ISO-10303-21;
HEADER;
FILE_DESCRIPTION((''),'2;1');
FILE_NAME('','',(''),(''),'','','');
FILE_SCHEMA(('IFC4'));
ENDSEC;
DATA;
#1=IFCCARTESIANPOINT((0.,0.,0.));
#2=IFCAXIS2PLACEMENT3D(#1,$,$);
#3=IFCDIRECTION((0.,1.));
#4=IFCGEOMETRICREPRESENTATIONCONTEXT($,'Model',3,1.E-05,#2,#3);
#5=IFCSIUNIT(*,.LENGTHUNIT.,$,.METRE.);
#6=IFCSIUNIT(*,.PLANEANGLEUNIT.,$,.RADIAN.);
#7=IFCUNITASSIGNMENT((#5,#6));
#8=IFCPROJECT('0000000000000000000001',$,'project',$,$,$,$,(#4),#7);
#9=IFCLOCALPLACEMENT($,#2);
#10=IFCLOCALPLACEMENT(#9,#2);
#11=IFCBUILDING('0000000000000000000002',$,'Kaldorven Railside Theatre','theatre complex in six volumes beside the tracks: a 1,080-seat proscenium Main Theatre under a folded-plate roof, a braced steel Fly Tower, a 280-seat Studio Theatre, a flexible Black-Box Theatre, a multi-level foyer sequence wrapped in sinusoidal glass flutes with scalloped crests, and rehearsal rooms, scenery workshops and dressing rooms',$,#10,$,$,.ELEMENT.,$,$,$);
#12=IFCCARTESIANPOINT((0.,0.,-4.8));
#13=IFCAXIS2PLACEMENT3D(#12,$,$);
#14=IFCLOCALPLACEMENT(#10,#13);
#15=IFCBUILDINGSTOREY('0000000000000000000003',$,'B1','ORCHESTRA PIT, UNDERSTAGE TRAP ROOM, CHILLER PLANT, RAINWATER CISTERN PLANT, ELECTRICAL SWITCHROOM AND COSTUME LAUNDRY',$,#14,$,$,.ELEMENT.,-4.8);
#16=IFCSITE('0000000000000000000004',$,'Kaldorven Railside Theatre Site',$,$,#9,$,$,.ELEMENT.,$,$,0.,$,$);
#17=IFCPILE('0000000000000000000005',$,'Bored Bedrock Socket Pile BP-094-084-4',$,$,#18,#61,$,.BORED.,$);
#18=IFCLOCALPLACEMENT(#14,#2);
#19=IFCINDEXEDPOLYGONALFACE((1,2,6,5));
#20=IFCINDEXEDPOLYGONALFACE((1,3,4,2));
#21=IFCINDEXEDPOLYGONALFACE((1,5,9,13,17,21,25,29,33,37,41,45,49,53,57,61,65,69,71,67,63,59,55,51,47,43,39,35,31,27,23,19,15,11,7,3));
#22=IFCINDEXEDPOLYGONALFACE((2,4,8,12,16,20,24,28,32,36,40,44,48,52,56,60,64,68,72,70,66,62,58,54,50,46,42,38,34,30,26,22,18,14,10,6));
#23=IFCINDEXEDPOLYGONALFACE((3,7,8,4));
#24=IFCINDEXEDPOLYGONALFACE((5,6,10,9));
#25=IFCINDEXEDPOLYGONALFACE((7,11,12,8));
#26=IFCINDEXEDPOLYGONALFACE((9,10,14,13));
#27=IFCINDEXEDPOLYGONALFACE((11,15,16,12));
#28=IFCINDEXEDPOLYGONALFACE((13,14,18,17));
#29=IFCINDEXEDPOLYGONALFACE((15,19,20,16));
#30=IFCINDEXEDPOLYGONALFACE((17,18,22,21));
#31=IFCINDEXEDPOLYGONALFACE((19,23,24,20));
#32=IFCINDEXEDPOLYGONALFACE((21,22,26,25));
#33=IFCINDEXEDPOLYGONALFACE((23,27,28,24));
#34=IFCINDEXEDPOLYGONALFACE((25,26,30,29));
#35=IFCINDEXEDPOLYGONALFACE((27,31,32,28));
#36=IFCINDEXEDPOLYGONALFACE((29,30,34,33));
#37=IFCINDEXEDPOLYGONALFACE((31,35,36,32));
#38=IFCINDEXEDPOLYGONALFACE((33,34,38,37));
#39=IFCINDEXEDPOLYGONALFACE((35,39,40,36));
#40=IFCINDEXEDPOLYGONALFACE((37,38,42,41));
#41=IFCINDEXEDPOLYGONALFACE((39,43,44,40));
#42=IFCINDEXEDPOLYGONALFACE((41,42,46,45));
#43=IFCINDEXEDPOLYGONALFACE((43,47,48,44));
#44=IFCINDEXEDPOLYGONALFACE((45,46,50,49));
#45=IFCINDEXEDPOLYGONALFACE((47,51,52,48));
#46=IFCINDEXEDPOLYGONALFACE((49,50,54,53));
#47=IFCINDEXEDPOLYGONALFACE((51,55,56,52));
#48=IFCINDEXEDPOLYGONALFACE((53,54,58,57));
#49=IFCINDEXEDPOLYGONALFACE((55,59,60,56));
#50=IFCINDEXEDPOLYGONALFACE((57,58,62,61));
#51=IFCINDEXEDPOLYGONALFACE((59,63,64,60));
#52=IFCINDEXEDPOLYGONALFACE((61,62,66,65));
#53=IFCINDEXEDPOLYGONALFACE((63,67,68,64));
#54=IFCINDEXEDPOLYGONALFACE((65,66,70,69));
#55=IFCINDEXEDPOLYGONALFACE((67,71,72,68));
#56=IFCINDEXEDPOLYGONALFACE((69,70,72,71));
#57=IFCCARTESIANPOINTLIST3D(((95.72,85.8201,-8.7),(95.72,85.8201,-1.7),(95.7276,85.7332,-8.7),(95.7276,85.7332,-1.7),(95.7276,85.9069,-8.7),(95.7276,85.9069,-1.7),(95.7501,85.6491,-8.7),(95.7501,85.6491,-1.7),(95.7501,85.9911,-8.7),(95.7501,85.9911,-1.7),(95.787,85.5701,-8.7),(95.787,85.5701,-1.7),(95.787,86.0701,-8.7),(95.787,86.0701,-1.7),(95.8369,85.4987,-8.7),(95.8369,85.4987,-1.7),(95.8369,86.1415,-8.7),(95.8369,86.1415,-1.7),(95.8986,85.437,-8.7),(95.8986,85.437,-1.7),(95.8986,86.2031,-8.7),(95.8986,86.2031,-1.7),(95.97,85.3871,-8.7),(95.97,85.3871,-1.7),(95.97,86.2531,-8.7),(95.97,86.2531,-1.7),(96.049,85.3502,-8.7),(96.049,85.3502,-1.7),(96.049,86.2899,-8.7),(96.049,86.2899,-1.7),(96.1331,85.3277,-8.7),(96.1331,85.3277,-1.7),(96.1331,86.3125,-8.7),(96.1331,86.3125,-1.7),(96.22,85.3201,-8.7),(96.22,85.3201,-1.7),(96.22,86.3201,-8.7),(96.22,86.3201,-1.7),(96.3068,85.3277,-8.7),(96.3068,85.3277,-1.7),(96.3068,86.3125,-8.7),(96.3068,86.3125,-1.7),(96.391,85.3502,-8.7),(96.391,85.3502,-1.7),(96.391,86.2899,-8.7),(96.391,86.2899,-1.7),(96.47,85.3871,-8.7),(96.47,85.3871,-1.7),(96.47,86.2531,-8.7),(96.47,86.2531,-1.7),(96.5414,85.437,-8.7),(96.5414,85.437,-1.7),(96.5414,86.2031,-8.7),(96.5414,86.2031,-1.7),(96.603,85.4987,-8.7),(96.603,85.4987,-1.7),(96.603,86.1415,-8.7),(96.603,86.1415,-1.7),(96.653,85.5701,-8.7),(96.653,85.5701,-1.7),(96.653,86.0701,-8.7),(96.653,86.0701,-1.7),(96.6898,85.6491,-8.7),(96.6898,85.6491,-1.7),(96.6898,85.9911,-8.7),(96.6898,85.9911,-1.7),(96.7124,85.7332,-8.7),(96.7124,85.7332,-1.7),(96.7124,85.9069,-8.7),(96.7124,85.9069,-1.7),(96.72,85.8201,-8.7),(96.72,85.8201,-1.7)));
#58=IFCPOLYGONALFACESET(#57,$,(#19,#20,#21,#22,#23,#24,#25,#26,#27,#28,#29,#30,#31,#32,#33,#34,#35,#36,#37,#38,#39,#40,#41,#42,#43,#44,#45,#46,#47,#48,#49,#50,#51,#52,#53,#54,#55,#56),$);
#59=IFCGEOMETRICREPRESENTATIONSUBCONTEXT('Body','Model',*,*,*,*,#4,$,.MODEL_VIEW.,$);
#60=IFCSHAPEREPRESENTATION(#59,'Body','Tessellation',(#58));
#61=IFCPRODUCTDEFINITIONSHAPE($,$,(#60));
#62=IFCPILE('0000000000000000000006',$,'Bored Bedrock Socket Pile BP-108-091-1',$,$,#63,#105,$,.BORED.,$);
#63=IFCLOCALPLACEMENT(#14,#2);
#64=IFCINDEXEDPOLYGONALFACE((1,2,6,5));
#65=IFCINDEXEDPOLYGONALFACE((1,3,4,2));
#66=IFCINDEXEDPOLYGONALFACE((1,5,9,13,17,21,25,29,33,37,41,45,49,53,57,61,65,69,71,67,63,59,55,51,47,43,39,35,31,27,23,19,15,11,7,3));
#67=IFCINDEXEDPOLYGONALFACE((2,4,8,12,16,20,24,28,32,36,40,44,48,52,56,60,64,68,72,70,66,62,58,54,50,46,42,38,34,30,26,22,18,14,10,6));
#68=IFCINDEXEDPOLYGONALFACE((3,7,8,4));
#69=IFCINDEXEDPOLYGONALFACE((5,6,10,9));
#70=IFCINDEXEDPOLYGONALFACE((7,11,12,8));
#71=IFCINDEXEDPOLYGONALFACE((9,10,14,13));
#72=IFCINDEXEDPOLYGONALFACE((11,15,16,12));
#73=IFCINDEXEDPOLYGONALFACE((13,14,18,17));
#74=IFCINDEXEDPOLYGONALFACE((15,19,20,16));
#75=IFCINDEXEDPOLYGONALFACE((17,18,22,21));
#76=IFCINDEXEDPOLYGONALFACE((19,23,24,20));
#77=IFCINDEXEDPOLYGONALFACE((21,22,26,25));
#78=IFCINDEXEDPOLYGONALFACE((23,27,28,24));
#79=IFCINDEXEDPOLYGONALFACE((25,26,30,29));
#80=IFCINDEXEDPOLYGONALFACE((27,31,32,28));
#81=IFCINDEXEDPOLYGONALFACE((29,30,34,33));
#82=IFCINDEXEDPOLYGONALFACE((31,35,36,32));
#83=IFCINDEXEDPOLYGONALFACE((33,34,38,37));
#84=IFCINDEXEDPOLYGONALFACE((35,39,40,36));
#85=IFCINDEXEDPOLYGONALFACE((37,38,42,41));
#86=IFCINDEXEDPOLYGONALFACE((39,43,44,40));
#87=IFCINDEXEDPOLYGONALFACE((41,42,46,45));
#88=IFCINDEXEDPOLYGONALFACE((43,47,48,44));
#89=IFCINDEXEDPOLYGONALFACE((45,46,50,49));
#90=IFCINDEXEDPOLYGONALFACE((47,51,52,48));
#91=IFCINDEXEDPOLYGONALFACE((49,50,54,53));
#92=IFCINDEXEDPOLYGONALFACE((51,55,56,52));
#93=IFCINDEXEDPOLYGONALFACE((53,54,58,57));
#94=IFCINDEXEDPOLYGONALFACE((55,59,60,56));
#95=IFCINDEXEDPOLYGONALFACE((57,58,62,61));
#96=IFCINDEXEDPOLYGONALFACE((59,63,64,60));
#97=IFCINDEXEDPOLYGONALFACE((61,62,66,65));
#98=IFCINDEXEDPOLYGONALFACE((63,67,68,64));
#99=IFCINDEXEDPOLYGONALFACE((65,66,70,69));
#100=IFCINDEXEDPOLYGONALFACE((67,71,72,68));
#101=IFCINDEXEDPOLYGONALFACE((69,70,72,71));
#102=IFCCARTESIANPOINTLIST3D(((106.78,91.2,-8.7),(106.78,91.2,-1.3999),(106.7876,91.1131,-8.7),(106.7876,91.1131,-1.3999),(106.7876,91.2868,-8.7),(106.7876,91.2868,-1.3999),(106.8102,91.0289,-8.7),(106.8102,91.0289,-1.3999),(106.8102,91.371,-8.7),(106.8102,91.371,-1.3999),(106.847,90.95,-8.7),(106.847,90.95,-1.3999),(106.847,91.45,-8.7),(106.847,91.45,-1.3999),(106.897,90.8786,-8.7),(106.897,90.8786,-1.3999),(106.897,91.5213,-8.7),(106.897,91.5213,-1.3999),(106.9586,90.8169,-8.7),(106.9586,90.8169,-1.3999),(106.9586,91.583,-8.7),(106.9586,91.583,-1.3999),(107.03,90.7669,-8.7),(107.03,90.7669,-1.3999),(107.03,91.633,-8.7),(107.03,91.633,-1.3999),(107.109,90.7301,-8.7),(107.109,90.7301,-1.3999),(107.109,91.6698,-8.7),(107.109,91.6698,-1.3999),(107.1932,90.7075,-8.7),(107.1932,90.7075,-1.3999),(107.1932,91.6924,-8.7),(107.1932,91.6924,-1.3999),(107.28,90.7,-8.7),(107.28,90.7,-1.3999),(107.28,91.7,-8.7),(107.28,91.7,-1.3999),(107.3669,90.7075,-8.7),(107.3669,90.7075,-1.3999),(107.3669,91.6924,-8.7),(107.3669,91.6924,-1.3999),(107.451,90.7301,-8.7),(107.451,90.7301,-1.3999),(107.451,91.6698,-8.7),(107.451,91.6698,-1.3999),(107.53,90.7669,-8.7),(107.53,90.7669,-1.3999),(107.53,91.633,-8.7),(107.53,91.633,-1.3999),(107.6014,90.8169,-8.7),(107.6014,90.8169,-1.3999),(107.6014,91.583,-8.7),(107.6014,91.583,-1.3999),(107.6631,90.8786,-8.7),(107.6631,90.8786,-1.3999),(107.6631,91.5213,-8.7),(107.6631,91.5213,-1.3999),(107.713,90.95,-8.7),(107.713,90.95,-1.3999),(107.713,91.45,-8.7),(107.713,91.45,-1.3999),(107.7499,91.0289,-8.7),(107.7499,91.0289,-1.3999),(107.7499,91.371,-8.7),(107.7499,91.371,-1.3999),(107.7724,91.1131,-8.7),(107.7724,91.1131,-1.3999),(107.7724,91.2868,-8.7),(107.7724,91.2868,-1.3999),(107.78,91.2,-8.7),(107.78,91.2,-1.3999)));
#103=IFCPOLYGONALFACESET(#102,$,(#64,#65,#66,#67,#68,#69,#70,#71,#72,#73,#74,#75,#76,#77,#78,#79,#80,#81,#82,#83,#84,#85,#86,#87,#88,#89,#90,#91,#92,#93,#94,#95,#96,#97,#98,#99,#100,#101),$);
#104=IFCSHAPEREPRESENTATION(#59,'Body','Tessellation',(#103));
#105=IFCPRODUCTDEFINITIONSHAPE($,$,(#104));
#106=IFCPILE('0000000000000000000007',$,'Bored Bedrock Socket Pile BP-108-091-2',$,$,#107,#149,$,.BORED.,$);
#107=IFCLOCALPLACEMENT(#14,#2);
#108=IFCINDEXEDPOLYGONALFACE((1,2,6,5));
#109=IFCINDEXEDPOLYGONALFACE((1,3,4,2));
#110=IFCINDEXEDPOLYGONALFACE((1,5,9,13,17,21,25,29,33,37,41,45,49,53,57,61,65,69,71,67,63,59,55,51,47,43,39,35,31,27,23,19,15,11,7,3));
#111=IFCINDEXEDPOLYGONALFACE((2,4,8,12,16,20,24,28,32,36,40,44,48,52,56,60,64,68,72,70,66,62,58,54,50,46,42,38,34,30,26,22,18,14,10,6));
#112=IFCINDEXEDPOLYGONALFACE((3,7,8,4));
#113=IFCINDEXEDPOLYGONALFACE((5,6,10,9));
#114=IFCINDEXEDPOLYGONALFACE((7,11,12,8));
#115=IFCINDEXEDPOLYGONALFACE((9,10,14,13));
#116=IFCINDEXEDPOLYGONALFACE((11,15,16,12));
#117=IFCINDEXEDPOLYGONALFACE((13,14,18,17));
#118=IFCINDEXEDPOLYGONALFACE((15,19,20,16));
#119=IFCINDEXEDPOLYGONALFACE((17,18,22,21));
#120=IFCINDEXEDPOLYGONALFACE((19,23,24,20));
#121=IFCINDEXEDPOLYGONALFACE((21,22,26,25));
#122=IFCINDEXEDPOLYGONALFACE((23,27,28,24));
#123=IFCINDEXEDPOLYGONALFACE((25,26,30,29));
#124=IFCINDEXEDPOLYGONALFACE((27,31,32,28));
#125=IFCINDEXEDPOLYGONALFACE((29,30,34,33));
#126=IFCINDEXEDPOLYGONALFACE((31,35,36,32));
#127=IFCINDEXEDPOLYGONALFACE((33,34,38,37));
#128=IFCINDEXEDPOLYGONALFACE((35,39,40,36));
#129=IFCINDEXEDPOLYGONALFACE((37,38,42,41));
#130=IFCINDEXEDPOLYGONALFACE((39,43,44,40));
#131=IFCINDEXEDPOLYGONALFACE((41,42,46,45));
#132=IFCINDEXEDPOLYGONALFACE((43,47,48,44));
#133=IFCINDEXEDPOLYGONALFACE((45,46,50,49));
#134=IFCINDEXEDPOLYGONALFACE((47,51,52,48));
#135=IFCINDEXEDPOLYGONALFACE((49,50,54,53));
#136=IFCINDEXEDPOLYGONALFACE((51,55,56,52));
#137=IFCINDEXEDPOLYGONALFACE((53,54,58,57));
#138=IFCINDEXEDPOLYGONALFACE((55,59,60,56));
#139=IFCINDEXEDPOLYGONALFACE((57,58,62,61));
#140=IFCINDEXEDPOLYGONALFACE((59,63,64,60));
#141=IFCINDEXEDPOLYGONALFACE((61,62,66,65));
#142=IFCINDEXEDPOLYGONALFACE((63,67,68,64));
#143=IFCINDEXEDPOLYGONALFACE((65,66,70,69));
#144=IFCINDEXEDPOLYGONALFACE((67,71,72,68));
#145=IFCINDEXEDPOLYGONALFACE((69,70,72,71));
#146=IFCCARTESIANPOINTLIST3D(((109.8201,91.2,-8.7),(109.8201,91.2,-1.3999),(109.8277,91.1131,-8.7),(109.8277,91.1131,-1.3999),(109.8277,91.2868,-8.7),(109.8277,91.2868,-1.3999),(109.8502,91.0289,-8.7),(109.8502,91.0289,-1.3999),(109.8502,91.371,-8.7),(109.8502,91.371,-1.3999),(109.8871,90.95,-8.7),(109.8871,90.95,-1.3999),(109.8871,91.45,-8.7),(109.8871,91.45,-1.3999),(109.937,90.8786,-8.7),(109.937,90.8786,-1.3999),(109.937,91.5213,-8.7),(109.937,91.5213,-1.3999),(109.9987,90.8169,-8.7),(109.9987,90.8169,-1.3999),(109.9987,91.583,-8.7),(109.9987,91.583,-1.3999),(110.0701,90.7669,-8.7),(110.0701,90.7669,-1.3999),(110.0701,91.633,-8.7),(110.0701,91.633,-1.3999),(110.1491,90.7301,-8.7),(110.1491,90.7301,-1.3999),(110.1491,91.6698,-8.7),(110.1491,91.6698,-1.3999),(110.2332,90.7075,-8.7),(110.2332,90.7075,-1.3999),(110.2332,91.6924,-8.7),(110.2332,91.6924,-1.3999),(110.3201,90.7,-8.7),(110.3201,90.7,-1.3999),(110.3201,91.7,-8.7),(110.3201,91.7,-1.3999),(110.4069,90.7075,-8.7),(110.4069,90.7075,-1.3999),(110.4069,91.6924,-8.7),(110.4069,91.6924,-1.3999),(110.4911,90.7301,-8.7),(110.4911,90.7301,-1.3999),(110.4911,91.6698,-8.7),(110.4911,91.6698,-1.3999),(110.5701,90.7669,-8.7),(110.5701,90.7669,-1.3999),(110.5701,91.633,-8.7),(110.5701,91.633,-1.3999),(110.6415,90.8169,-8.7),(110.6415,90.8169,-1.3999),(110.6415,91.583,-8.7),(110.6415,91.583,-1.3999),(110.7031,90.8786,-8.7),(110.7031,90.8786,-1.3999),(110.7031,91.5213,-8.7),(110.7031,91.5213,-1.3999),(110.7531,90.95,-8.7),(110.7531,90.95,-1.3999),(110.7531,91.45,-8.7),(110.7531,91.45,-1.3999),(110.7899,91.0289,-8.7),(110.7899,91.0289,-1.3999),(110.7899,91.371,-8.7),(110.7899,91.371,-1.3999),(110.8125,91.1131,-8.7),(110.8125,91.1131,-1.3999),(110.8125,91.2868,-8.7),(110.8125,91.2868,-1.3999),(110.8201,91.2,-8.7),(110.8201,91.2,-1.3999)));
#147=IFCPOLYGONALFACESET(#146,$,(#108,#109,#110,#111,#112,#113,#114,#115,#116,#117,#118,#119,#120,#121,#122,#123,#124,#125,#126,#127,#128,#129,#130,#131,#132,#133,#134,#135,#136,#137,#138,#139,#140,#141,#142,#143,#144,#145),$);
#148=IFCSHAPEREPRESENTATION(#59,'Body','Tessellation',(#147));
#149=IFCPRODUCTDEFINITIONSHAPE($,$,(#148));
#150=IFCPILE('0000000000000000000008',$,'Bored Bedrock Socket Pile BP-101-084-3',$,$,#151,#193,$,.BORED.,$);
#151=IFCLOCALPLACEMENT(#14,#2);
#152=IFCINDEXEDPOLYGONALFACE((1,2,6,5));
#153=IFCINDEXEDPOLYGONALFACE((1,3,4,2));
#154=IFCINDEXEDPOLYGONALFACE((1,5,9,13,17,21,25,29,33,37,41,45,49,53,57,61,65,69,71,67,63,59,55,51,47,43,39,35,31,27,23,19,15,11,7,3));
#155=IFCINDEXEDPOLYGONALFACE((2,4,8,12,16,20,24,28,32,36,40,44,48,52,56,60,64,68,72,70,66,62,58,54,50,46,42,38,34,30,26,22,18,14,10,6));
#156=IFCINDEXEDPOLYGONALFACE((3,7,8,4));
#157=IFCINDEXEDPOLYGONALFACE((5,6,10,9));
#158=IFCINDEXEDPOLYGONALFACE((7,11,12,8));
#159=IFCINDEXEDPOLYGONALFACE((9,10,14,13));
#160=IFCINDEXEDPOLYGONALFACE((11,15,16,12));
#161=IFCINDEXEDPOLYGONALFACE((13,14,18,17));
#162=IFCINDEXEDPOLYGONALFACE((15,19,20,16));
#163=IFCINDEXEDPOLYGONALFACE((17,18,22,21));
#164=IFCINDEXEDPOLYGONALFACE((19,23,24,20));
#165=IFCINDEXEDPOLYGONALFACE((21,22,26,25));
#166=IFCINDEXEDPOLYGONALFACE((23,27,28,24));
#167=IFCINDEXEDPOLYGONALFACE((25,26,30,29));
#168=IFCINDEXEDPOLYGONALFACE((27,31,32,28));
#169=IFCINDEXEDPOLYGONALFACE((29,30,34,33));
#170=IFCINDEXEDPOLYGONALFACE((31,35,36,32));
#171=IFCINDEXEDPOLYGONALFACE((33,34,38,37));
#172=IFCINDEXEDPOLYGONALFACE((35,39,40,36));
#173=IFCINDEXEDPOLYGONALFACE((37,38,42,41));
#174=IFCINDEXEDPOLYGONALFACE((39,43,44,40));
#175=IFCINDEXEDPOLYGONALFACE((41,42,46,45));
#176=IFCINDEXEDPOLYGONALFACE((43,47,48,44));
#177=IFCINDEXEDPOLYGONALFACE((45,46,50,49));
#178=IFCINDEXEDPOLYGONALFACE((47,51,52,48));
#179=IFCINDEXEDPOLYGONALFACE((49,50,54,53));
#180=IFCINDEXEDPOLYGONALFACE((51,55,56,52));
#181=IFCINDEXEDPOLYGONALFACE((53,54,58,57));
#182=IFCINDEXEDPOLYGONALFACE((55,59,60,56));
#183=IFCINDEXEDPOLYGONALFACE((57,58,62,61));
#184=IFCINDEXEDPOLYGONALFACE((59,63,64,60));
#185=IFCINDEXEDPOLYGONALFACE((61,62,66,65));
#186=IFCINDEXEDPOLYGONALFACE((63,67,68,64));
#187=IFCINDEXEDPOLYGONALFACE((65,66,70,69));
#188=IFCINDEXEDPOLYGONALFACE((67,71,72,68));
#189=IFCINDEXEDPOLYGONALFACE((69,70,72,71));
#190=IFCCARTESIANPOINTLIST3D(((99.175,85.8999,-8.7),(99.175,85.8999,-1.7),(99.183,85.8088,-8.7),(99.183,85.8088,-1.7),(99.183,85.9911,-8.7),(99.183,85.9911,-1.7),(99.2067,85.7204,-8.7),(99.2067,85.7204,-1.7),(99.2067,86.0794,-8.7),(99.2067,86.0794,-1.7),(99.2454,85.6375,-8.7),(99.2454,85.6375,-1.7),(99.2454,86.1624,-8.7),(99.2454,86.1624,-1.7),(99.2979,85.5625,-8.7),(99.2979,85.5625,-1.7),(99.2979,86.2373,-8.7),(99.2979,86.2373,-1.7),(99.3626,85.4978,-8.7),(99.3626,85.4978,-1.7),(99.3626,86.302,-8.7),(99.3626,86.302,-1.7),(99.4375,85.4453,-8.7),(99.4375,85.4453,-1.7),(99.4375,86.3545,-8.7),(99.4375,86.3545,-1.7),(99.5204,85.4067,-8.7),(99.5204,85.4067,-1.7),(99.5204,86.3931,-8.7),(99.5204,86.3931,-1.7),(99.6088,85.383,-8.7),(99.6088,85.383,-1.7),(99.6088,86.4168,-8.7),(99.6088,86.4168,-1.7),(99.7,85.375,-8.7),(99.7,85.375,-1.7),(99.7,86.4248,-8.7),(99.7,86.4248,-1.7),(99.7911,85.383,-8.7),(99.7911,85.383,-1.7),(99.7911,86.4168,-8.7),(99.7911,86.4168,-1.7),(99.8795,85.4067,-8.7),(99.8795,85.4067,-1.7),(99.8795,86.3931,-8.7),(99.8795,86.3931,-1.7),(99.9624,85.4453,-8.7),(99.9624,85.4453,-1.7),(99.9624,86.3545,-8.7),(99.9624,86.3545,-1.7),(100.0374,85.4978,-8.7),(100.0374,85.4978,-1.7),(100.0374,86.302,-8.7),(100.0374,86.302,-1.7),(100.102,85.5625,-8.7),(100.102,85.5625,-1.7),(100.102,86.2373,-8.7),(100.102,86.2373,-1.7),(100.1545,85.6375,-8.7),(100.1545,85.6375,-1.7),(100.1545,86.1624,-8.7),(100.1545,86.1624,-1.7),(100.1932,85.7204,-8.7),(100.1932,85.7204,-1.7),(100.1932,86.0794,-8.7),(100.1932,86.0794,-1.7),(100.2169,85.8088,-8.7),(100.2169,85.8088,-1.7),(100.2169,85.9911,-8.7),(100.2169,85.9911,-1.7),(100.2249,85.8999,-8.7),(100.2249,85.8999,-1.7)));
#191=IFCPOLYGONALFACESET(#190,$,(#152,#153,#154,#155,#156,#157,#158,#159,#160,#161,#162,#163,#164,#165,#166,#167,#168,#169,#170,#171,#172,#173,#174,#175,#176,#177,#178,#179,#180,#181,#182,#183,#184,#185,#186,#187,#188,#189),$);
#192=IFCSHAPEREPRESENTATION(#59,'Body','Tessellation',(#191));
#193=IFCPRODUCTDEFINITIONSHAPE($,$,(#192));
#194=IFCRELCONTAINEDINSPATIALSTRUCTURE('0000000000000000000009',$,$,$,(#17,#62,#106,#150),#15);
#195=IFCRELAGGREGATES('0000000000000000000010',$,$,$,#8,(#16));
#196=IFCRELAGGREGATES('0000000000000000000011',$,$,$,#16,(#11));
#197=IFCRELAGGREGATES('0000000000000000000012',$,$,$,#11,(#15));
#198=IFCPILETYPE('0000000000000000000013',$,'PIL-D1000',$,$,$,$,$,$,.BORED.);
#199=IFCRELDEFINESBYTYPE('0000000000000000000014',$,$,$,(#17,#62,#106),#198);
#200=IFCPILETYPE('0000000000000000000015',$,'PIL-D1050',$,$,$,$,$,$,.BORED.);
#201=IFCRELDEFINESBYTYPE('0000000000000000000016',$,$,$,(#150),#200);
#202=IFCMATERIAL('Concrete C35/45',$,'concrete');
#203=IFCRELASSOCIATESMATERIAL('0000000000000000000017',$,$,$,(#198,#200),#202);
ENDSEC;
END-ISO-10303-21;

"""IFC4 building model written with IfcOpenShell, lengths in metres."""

from ifc_helpers import new_model, si_unit, direction, frame, origin, origin_2d, place, context, subcontext, project, spatial, circle, extrude, material, material_profile, profile_set, type_object, element, save


model = new_model("IFC4")

# Units and contexts
model_context = context("Model", 3, precision=1e-05, world=origin(), true_north=direction((0.0, 1.0)))
body_context = subcontext(model_context, "Body", "Model", "MODEL_VIEW")
ifc_project = project(units=[si_unit("LENGTHUNIT", "METRE"), si_unit("PLANEANGLEUNIT", "RADIAN")], contexts=[model_context])

# Site, building, storey
site_placement = place(None, origin())
site = spatial("IfcSite", under=ifc_project, at=site_placement, Name="Kaldorven Railside Theatre Site", CompositionType="ELEMENT", RefElevation=0.0)
building_placement = place(site_placement, origin())
building = spatial("IfcBuilding", under=site, at=building_placement, Name="Kaldorven Railside Theatre", Description="theatre complex in six volumes beside the tracks: a 1,080-seat proscenium Main Theatre under a folded-plate roof, a braced steel Fly Tower, a 280-seat Studio Theatre, a flexible Black-Box Theatre, a multi-level foyer sequence wrapped in sinusoidal glass flutes with scalloped crests, and rehearsal rooms, scenery workshops and dressing rooms", CompositionType="ELEMENT")
storey_placement = place(building_placement, frame((0.0, 0.0, -4.8)))
storey = spatial("IfcBuildingStorey", under=building, at=storey_placement, Name="B1", Description="ORCHESTRA PIT, UNDERSTAGE TRAP ROOM, CHILLER PLANT, RAINWATER CISTERN PLANT, ELECTRICAL SWITCHROOM AND COSTUME LAUNDRY", CompositionType="ELEMENT", Elevation=-4.8)

# Piles
ifc_material_1 = material(Name="Concrete C35/45", Category="concrete")
ifc_material_profile_1 = material_profile(ifc_material_1, circle(Radius=0.5, at=origin_2d()), Name="BP D1000")
ifc_profile_set_1 = profile_set([ifc_material_profile_1], Name="Concrete C35/45")
pile_type_1 = type_object("IfcPileType", Name="PIL-D1000", PredefinedType="BORED", material=ifc_profile_set_1)
pile_placement = place(storey_placement, frame((96.22, 85.8201, -1.7), z_axis=(0.0, 0.0, -1.0), x_axis=(1.0, 0.0, 0.0)))
element("IfcPile", 1, at=pile_placement, inside=storey, type_object=pile_type_1, Name="Bored Bedrock Socket Pile BP-094-084-4", PredefinedType="BORED", context=body_context, shape_type="SweptSolid", body=[
    extrude(circle(Radius=0.5, at=origin_2d()), origin(), (0.0, 0.0, 1.0), 7.0),
])
for number, where, z_axis, x_axis, name in (
    (2, (107.28, 91.2, -1.3999), (0.0, 0.0, -1.0), (1.0, 0.0, 0.0), "Bored Bedrock Socket Pile BP-108-091-1"),
    (3, (110.3201, 91.2, -1.3999), (0.0, 0.0, -1.0), (1.0, 0.0, 0.0), "Bored Bedrock Socket Pile BP-108-091-2"),
):
    element("IfcPile", number, at=place(storey_placement, frame(where, z_axis=z_axis, x_axis=x_axis)), inside=storey, type_object=pile_type_1, Name=name, PredefinedType="BORED", context=body_context, shape_type="SweptSolid", body=[
        extrude(circle(Radius=0.5, at=origin_2d()), origin(), (0.0, 0.0, 1.0), 7.3),
    ])
ifc_material_profile_2 = material_profile(ifc_material_1, circle(Radius=0.5249, at=origin_2d()), Name="BP D1050")
ifc_profile_set_2 = profile_set([ifc_material_profile_2], Name="Concrete C35/45")
pile_type_2 = type_object("IfcPileType", Name="PIL-D1050", PredefinedType="BORED", material=ifc_profile_set_2)
for number, where, z_axis, x_axis, name in (
    (4, (99.7, 85.8999, -1.7), (0.0, 0.0, -1.0), (1.0, 0.0, 0.0), "Bored Bedrock Socket Pile BP-101-084-3"),
):
    element("IfcPile", number, at=place(storey_placement, frame(where, z_axis=z_axis, x_axis=x_axis)), inside=storey, type_object=pile_type_2, Name=name, PredefinedType="BORED", context=body_context, shape_type="SweptSolid", body=[
        extrude(circle(Radius=0.5249, at=origin_2d()), origin(), (0.0, 0.0, 1.0), 7.0),
    ])

save(model, "model.ifc")
